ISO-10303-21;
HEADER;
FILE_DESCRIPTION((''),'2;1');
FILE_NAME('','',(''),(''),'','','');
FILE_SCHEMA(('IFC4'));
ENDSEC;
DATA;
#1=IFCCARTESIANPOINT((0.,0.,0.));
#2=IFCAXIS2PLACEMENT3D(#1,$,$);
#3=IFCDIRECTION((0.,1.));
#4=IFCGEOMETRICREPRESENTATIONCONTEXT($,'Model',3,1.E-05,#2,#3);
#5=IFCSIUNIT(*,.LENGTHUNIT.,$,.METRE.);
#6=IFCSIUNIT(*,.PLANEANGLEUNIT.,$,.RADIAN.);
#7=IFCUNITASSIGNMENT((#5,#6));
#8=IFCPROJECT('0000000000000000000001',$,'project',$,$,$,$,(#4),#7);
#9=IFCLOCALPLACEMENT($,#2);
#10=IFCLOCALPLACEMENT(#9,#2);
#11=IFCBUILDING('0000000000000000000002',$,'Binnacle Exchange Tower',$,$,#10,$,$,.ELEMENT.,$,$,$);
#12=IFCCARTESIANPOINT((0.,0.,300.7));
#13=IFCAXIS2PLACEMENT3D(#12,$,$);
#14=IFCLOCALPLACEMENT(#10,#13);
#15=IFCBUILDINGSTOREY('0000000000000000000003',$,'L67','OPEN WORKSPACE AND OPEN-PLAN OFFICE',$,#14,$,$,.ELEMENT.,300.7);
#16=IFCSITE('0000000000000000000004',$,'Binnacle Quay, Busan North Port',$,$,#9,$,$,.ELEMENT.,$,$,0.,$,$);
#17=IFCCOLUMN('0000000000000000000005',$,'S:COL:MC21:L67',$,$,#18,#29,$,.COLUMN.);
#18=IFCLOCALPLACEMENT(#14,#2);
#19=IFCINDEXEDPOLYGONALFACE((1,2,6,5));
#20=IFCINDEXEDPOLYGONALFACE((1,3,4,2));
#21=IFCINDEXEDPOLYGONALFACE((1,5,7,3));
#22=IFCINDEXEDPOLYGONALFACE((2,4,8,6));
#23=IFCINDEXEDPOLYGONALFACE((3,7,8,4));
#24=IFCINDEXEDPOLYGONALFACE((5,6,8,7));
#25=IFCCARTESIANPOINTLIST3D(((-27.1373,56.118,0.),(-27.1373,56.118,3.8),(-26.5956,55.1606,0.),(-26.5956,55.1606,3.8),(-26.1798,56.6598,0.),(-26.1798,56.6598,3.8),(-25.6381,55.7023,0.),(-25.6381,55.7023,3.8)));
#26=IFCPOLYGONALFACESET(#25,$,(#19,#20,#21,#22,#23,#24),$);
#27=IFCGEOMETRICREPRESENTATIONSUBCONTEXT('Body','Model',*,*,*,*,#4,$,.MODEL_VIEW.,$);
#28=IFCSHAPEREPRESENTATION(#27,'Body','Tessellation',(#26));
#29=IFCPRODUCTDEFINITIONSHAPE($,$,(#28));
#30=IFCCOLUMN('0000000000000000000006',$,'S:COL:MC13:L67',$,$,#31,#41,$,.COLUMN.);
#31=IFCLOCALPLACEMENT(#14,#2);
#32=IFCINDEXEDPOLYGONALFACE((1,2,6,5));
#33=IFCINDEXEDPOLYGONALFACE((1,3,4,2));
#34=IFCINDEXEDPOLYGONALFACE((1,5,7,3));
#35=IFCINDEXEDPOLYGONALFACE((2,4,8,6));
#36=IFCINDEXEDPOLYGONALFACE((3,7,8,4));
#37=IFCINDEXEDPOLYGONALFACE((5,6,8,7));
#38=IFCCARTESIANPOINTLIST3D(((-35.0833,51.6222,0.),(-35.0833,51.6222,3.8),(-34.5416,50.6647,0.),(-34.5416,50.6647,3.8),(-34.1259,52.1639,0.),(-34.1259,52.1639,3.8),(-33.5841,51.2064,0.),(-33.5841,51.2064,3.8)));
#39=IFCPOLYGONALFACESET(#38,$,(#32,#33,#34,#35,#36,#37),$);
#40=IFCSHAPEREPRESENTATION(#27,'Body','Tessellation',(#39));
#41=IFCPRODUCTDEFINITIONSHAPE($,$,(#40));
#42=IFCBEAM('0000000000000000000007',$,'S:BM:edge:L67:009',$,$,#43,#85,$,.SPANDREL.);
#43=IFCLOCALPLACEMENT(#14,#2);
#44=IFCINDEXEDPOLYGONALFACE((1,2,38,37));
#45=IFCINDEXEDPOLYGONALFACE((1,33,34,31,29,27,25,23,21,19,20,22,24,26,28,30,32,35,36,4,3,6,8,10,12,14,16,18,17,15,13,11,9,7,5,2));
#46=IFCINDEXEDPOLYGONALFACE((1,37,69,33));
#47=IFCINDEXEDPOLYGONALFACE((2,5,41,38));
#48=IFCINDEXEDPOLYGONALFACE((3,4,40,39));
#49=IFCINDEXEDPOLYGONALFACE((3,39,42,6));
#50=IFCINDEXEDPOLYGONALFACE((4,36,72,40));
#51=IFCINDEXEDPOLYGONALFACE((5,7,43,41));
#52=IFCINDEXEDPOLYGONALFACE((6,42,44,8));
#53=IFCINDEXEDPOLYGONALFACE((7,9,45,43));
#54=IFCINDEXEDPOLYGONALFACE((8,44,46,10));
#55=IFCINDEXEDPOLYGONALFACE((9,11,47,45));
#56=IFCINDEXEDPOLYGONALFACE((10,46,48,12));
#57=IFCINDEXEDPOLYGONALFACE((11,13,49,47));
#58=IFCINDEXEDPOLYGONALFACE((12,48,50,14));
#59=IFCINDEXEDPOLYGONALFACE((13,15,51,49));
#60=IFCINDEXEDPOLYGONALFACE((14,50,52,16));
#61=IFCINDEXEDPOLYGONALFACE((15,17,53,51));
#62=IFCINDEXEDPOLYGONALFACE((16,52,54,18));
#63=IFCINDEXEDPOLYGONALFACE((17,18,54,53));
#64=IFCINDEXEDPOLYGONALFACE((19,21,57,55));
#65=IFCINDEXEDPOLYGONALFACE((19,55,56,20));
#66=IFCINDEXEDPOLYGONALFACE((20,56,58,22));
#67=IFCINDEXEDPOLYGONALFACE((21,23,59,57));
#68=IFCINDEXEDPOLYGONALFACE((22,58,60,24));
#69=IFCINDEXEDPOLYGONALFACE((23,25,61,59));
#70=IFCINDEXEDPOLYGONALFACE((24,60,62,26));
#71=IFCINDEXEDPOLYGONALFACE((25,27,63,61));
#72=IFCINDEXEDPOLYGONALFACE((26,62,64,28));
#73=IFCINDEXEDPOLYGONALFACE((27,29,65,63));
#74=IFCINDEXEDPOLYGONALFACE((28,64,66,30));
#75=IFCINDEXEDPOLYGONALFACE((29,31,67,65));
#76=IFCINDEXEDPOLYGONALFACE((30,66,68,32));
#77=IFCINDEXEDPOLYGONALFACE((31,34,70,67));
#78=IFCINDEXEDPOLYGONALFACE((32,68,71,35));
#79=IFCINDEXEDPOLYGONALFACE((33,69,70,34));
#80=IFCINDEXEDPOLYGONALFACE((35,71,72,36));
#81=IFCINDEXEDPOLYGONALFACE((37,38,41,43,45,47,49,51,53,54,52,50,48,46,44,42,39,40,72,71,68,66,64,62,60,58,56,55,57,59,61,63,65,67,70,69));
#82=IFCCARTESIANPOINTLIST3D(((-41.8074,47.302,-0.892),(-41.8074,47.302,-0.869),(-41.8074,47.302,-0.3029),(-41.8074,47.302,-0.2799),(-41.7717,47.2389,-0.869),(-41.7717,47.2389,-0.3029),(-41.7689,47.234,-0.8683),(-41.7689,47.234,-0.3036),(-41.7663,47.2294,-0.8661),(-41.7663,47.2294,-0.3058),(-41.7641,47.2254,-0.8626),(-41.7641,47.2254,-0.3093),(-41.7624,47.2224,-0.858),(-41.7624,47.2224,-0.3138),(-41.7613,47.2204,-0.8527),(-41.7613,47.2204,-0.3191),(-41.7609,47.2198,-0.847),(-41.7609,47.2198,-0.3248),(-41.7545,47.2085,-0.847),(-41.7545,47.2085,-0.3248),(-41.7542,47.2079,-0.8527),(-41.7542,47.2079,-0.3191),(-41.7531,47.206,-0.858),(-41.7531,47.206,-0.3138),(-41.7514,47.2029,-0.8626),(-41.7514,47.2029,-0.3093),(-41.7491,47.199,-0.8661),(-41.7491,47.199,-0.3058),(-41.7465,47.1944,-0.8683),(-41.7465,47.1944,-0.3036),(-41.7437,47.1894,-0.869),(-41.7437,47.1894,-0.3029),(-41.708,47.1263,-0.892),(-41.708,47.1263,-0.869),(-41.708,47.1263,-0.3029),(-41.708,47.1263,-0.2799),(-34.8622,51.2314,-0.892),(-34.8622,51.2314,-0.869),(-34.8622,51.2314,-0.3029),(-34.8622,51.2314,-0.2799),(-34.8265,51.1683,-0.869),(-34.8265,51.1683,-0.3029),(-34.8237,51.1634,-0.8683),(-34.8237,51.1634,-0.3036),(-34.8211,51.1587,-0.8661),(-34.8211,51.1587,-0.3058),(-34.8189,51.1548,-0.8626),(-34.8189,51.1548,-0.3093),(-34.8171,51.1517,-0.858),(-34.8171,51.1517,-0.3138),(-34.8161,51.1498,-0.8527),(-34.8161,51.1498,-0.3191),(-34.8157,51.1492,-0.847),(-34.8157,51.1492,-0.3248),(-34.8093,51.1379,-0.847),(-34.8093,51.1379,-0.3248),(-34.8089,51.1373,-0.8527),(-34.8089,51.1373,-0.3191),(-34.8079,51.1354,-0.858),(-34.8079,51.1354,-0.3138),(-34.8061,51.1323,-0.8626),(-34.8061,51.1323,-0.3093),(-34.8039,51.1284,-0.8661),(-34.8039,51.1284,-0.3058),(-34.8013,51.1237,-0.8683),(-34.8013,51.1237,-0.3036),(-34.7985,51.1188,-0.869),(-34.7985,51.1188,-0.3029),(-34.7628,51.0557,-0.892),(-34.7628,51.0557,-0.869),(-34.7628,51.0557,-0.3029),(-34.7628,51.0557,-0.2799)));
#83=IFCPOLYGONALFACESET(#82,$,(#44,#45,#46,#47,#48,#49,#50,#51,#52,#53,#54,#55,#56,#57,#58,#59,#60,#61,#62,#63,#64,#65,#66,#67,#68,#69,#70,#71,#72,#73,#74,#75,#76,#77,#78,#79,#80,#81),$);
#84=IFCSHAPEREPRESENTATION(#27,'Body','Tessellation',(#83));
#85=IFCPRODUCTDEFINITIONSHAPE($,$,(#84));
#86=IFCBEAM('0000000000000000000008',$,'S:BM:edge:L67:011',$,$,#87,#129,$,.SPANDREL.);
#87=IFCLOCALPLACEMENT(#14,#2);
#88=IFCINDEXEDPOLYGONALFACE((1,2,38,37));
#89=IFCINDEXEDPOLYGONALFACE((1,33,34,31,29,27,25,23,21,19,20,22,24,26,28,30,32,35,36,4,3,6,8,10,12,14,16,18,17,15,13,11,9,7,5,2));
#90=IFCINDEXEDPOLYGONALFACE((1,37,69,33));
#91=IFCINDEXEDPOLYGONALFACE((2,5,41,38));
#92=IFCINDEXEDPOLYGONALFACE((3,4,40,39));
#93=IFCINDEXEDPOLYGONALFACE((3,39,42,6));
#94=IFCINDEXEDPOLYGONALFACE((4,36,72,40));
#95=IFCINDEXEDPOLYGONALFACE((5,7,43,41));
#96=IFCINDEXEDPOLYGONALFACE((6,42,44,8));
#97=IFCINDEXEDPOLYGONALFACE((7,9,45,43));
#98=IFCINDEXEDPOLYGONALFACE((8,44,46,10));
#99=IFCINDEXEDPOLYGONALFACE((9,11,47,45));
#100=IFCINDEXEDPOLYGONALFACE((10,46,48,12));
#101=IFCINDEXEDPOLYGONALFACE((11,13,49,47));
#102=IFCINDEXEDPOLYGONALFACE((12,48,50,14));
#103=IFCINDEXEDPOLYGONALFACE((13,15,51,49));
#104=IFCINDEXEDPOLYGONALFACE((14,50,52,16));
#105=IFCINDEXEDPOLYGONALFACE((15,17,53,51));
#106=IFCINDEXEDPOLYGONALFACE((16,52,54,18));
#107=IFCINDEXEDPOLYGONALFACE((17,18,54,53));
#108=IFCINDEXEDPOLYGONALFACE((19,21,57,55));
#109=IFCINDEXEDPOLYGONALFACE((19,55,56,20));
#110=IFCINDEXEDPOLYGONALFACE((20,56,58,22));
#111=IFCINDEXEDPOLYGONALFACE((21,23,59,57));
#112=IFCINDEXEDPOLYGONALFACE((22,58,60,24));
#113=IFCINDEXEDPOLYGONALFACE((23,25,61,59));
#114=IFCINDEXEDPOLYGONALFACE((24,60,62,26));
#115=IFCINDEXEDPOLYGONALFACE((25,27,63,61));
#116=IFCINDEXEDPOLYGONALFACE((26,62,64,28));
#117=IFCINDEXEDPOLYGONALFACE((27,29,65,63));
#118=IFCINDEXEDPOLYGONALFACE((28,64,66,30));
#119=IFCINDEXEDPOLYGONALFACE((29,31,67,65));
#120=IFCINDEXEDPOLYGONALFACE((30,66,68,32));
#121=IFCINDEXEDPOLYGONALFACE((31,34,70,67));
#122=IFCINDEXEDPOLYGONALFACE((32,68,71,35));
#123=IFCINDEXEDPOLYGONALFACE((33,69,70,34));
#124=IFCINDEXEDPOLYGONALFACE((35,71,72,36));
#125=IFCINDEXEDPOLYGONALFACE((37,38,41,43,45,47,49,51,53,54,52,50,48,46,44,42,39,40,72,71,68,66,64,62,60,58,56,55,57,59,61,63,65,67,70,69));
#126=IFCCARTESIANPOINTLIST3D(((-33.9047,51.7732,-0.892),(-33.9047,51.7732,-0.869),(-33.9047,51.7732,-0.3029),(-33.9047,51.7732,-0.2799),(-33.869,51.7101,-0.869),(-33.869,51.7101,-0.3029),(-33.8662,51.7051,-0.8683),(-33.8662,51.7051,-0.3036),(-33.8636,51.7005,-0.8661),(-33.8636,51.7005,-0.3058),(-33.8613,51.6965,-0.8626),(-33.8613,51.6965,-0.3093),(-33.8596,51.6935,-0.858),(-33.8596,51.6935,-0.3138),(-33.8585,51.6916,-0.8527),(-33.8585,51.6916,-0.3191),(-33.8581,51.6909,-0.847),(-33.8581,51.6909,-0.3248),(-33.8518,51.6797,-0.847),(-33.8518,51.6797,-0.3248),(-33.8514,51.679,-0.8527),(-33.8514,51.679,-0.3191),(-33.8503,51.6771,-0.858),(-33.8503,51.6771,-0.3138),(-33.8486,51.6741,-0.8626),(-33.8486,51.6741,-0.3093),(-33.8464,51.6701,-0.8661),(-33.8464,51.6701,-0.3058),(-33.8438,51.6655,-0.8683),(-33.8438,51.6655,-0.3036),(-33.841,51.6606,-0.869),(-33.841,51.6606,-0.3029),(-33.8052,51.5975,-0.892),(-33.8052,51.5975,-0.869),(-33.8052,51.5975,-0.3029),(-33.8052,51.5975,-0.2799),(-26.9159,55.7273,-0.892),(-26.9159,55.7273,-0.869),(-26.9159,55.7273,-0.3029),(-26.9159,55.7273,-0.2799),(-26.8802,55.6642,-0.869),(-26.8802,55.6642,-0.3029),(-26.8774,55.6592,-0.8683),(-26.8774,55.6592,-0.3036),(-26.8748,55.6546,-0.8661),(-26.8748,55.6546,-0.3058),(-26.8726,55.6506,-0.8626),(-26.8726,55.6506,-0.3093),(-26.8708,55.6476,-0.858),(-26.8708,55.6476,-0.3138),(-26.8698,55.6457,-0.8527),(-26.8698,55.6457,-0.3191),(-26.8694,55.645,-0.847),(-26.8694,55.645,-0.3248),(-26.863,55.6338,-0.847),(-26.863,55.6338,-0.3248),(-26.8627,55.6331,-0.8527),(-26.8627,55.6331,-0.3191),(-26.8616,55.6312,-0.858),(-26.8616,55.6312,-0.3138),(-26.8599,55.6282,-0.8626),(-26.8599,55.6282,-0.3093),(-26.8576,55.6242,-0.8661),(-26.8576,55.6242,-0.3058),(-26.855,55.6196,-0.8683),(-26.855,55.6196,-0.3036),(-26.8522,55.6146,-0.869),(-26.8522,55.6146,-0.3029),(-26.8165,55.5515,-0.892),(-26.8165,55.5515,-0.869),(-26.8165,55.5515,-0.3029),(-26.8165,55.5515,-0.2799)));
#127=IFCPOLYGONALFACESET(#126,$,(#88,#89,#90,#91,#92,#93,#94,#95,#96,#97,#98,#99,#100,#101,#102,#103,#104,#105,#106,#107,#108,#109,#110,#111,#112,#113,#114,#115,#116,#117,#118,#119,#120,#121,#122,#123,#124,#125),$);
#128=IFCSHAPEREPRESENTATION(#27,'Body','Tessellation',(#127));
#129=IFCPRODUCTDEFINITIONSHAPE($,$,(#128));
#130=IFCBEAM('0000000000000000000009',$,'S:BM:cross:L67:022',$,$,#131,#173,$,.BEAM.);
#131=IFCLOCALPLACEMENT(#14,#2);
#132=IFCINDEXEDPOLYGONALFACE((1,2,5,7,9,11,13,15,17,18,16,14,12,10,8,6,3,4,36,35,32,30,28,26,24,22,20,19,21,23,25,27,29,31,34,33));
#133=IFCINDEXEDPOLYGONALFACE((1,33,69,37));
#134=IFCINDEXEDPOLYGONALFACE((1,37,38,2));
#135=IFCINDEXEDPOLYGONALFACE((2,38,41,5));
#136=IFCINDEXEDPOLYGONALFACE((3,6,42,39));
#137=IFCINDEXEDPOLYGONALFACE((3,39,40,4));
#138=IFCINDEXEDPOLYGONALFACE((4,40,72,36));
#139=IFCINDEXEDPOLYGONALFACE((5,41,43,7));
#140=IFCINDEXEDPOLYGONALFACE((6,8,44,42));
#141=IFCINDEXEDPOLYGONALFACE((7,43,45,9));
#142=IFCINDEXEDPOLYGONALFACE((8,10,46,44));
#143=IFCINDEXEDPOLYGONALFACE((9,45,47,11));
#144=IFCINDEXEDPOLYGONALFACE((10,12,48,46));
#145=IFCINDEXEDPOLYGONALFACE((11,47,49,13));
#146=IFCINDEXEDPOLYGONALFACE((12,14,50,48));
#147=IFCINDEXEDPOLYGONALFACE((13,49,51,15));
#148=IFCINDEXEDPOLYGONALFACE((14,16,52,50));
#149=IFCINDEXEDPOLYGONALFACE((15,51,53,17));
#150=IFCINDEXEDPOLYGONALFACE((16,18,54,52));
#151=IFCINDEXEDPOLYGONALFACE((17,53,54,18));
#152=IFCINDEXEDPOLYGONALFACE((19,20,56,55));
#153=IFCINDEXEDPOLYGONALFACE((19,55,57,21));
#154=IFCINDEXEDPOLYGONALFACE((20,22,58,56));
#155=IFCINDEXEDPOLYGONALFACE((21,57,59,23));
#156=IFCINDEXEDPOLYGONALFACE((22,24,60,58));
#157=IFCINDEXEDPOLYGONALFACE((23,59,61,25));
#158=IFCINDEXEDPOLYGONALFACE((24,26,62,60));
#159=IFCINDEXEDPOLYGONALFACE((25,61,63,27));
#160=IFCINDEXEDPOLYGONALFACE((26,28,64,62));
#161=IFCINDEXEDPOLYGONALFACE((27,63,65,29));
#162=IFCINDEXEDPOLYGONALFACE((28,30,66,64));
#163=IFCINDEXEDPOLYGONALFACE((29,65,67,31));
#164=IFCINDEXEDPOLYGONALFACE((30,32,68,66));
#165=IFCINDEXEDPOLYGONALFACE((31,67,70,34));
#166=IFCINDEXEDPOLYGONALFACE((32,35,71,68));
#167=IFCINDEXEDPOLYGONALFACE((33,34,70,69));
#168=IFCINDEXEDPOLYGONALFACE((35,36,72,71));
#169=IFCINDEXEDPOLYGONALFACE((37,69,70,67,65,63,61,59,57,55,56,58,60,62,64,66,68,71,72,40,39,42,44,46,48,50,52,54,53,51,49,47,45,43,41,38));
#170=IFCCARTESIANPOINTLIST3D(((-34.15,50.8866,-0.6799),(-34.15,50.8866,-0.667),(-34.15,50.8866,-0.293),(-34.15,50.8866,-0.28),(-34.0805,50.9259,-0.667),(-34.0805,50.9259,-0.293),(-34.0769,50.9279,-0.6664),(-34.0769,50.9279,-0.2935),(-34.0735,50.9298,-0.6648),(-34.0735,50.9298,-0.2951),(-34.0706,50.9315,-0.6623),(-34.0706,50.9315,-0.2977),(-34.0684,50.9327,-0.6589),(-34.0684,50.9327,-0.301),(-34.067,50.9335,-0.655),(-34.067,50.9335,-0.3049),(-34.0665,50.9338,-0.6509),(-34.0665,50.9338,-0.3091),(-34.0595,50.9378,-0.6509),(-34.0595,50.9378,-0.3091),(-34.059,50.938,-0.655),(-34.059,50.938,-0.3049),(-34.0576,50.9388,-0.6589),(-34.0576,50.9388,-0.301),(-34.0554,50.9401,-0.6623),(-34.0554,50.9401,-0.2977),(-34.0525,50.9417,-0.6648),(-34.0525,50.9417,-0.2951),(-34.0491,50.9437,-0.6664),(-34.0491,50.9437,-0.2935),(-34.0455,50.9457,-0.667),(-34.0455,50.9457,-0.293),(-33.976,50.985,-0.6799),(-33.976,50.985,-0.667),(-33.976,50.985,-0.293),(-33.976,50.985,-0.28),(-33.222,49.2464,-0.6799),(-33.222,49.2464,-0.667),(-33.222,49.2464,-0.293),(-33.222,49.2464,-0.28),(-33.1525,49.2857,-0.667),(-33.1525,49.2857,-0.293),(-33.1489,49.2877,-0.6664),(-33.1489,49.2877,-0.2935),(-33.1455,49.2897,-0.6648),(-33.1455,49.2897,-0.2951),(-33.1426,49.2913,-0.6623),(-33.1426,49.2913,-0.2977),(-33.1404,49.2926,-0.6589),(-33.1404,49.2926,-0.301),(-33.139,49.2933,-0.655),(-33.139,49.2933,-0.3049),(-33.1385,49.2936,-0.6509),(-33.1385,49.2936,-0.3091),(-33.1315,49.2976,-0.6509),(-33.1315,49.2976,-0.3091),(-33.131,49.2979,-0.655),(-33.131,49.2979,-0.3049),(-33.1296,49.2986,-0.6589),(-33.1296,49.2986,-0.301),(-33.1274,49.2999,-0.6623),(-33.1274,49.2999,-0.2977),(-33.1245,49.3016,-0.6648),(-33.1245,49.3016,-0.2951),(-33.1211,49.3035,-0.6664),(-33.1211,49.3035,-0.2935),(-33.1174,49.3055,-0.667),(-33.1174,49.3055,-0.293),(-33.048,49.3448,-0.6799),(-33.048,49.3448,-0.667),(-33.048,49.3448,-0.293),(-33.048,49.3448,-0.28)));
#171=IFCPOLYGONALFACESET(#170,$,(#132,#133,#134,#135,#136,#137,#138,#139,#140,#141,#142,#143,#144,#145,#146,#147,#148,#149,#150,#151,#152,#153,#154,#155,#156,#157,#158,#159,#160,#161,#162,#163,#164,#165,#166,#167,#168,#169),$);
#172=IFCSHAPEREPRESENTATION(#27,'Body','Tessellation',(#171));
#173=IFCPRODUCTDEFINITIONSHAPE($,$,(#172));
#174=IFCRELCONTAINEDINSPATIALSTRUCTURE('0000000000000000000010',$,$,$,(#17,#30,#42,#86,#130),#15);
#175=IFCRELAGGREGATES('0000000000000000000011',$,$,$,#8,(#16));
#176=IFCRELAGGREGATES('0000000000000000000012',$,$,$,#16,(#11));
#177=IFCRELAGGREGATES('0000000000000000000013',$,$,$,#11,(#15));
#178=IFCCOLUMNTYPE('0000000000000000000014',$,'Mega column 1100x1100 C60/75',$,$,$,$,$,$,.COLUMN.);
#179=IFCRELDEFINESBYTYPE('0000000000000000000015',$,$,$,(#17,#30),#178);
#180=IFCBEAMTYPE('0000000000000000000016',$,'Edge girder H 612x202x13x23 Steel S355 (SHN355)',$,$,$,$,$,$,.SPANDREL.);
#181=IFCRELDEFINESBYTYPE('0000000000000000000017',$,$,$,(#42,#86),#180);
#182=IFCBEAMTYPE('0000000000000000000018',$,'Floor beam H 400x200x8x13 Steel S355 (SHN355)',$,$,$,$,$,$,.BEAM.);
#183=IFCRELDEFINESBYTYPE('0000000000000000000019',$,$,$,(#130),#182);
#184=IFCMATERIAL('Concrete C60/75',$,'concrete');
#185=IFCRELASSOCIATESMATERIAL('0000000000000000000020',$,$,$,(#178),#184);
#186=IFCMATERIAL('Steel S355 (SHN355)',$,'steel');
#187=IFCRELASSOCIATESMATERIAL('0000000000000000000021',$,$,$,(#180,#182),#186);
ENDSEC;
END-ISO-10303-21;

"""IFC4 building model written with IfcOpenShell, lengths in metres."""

from ifc_helpers import new_model, si_unit, direction, frame, origin, origin_2d, place, context, subcontext, project, spatial, rectangle, i_section, extrude, material, material_profile, profile_set, type_object, element, save


model = new_model("IFC4")

# Units and contexts
model_context = context("Model", 3, precision=1e-05, world=origin(), true_north=direction((0.0, 1.0)))
body_context = subcontext(model_context, "Body", "Model", "MODEL_VIEW")
ifc_project = project(units=[si_unit("LENGTHUNIT", "METRE"), si_unit("PLANEANGLEUNIT", "RADIAN")], contexts=[model_context])

# Site, building, storey
site_placement = place(None, origin())
site = spatial("IfcSite", under=ifc_project, at=site_placement, Name="Binnacle Quay, Busan North Port", CompositionType="ELEMENT", RefElevation=0.0)
building_placement = place(site_placement, origin())
building = spatial("IfcBuilding", under=site, at=building_placement, Name="Binnacle Exchange Tower", CompositionType="ELEMENT")
storey_placement = place(building_placement, frame((0.0, 0.0, 300.7)))
storey = spatial("IfcBuildingStorey", under=building, at=storey_placement, Name="L67", Description="OPEN WORKSPACE AND OPEN-PLAN OFFICE", CompositionType="ELEMENT", Elevation=300.7)

# Columns
ifc_material_1 = material(Name="Concrete C60/75", Category="concrete")
ifc_material_profile_1 = material_profile(ifc_material_1, rectangle(XDim=1.1001, YDim=1.1001, at=origin_2d()), Name="Mega column 1100x1100 C60/75")
ifc_profile_set_1 = profile_set([ifc_material_profile_1], Name="Concrete C60/75")
column_type = type_object("IfcColumnType", Name="Mega column 1100x1100 C60/75", PredefinedType="COLUMN", material=ifc_profile_set_1)
for number, where, z_axis, x_axis, name in (
    (1, (-26.3877, 55.9102, 0.0), (0.0, 0.0, 1.0), (-0.870356, -0.492424, 0.0), "S:COL:MC21:L67"),
    (2, (-34.3337, 51.4143, 0.0), (0.0, 0.0, 1.0), (-0.870356, -0.492424, 0.0), "S:COL:MC13:L67"),
):
    element("IfcColumn", number, at=place(storey_placement, frame(where, z_axis=z_axis, x_axis=x_axis)), inside=storey, type_object=column_type, Name=name, PredefinedType="COLUMN", context=body_context, shape_type="SweptSolid", body=[
        extrude(rectangle(XDim=1.1001, YDim=1.1001, at=origin_2d()), origin(), (0.0, 0.0, 1.0), 3.8),
    ])

# Beams
ifc_material_2 = material(Name="Steel S355 (SHN355)", Category="steel")
ifc_material_profile_2 = material_profile(ifc_material_2, i_section(OverallWidth=0.2019, OverallDepth=0.6121, WebThickness=0.0129, FlangeThickness=0.0229, FilletRadius=0.022, at=origin_2d()), Name="H 612x202x13x23")
ifc_profile_set_2 = profile_set([ifc_material_profile_2], Name="Steel S355 (SHN355)")
beam_type_1 = type_object("IfcBeamType", Name="Edge girder H 612x202x13x23 Steel S355 (SHN355)", PredefinedType="SPANDREL", material=ifc_profile_set_2)
beam_1_placement = place(storey_placement, frame((-34.8125, 51.1436, -0.5859), z_axis=(-0.870357, -0.492421, 0.0), x_axis=(0.492421, -0.870357, 0.0)))
element("IfcBeam", 3, at=beam_1_placement, inside=storey, type_object=beam_type_1, Name="S:BM:edge:L67:009", PredefinedType="SPANDREL", context=body_context, shape_type="SweptSolid", body=[
    extrude(i_section(OverallWidth=0.2019, OverallDepth=0.6121, WebThickness=0.0129, FlangeThickness=0.0229, FilletRadius=0.022, at=origin_2d()), origin(), (0.0, 0.0, 1.0), 7.9797),
])
beam_2_placement = place(storey_placement, frame((-26.8662, 55.6394, -0.5859), z_axis=(-0.870353, -0.492428, 0.0), x_axis=(0.492428, -0.870353, 0.0)))
element("IfcBeam", 4, at=beam_2_placement, inside=storey, type_object=beam_type_1, Name="S:BM:edge:L67:011", PredefinedType="SPANDREL", context=body_context, shape_type="SweptSolid", body=[
    extrude(i_section(OverallWidth=0.2019, OverallDepth=0.6121, WebThickness=0.0129, FlangeThickness=0.0229, FilletRadius=0.022, at=origin_2d()), origin(), (0.0, 0.0, 1.0), 8.0298),
])
ifc_material_profile_3 = material_profile(ifc_material_2, i_section(OverallWidth=0.2, OverallDepth=0.3999, WebThickness=0.0081, FlangeThickness=0.0129, FilletRadius=0.0161, at=origin_2d()), Name="H 400x200x8x13")
ifc_profile_set_3 = profile_set([ifc_material_profile_3], Name="Steel S355 (SHN355)")
beam_type_2 = type_object("IfcBeamType", Name="Floor beam H 400x200x8x13 Steel S355 (SHN355)", PredefinedType="BEAM", material=ifc_profile_set_3)
beam_3_placement = place(storey_placement, frame((-34.063, 50.9358, -0.48), z_axis=(0.492437, -0.870348, 0.0), x_axis=(0.870348, 0.492437, 0.0)))
element("IfcBeam", 5, at=beam_3_placement, inside=storey, type_object=beam_type_2, Name="S:BM:cross:L67:022", PredefinedType="BEAM", context=body_context, shape_type="SweptSolid", body=[
    extrude(i_section(OverallWidth=0.2, OverallDepth=0.3999, WebThickness=0.0081, FlangeThickness=0.0129, FilletRadius=0.0161, at=origin_2d()), origin(), (0.0, 0.0, 1.0), 1.8845),
])

save(model, "model.ifc")
